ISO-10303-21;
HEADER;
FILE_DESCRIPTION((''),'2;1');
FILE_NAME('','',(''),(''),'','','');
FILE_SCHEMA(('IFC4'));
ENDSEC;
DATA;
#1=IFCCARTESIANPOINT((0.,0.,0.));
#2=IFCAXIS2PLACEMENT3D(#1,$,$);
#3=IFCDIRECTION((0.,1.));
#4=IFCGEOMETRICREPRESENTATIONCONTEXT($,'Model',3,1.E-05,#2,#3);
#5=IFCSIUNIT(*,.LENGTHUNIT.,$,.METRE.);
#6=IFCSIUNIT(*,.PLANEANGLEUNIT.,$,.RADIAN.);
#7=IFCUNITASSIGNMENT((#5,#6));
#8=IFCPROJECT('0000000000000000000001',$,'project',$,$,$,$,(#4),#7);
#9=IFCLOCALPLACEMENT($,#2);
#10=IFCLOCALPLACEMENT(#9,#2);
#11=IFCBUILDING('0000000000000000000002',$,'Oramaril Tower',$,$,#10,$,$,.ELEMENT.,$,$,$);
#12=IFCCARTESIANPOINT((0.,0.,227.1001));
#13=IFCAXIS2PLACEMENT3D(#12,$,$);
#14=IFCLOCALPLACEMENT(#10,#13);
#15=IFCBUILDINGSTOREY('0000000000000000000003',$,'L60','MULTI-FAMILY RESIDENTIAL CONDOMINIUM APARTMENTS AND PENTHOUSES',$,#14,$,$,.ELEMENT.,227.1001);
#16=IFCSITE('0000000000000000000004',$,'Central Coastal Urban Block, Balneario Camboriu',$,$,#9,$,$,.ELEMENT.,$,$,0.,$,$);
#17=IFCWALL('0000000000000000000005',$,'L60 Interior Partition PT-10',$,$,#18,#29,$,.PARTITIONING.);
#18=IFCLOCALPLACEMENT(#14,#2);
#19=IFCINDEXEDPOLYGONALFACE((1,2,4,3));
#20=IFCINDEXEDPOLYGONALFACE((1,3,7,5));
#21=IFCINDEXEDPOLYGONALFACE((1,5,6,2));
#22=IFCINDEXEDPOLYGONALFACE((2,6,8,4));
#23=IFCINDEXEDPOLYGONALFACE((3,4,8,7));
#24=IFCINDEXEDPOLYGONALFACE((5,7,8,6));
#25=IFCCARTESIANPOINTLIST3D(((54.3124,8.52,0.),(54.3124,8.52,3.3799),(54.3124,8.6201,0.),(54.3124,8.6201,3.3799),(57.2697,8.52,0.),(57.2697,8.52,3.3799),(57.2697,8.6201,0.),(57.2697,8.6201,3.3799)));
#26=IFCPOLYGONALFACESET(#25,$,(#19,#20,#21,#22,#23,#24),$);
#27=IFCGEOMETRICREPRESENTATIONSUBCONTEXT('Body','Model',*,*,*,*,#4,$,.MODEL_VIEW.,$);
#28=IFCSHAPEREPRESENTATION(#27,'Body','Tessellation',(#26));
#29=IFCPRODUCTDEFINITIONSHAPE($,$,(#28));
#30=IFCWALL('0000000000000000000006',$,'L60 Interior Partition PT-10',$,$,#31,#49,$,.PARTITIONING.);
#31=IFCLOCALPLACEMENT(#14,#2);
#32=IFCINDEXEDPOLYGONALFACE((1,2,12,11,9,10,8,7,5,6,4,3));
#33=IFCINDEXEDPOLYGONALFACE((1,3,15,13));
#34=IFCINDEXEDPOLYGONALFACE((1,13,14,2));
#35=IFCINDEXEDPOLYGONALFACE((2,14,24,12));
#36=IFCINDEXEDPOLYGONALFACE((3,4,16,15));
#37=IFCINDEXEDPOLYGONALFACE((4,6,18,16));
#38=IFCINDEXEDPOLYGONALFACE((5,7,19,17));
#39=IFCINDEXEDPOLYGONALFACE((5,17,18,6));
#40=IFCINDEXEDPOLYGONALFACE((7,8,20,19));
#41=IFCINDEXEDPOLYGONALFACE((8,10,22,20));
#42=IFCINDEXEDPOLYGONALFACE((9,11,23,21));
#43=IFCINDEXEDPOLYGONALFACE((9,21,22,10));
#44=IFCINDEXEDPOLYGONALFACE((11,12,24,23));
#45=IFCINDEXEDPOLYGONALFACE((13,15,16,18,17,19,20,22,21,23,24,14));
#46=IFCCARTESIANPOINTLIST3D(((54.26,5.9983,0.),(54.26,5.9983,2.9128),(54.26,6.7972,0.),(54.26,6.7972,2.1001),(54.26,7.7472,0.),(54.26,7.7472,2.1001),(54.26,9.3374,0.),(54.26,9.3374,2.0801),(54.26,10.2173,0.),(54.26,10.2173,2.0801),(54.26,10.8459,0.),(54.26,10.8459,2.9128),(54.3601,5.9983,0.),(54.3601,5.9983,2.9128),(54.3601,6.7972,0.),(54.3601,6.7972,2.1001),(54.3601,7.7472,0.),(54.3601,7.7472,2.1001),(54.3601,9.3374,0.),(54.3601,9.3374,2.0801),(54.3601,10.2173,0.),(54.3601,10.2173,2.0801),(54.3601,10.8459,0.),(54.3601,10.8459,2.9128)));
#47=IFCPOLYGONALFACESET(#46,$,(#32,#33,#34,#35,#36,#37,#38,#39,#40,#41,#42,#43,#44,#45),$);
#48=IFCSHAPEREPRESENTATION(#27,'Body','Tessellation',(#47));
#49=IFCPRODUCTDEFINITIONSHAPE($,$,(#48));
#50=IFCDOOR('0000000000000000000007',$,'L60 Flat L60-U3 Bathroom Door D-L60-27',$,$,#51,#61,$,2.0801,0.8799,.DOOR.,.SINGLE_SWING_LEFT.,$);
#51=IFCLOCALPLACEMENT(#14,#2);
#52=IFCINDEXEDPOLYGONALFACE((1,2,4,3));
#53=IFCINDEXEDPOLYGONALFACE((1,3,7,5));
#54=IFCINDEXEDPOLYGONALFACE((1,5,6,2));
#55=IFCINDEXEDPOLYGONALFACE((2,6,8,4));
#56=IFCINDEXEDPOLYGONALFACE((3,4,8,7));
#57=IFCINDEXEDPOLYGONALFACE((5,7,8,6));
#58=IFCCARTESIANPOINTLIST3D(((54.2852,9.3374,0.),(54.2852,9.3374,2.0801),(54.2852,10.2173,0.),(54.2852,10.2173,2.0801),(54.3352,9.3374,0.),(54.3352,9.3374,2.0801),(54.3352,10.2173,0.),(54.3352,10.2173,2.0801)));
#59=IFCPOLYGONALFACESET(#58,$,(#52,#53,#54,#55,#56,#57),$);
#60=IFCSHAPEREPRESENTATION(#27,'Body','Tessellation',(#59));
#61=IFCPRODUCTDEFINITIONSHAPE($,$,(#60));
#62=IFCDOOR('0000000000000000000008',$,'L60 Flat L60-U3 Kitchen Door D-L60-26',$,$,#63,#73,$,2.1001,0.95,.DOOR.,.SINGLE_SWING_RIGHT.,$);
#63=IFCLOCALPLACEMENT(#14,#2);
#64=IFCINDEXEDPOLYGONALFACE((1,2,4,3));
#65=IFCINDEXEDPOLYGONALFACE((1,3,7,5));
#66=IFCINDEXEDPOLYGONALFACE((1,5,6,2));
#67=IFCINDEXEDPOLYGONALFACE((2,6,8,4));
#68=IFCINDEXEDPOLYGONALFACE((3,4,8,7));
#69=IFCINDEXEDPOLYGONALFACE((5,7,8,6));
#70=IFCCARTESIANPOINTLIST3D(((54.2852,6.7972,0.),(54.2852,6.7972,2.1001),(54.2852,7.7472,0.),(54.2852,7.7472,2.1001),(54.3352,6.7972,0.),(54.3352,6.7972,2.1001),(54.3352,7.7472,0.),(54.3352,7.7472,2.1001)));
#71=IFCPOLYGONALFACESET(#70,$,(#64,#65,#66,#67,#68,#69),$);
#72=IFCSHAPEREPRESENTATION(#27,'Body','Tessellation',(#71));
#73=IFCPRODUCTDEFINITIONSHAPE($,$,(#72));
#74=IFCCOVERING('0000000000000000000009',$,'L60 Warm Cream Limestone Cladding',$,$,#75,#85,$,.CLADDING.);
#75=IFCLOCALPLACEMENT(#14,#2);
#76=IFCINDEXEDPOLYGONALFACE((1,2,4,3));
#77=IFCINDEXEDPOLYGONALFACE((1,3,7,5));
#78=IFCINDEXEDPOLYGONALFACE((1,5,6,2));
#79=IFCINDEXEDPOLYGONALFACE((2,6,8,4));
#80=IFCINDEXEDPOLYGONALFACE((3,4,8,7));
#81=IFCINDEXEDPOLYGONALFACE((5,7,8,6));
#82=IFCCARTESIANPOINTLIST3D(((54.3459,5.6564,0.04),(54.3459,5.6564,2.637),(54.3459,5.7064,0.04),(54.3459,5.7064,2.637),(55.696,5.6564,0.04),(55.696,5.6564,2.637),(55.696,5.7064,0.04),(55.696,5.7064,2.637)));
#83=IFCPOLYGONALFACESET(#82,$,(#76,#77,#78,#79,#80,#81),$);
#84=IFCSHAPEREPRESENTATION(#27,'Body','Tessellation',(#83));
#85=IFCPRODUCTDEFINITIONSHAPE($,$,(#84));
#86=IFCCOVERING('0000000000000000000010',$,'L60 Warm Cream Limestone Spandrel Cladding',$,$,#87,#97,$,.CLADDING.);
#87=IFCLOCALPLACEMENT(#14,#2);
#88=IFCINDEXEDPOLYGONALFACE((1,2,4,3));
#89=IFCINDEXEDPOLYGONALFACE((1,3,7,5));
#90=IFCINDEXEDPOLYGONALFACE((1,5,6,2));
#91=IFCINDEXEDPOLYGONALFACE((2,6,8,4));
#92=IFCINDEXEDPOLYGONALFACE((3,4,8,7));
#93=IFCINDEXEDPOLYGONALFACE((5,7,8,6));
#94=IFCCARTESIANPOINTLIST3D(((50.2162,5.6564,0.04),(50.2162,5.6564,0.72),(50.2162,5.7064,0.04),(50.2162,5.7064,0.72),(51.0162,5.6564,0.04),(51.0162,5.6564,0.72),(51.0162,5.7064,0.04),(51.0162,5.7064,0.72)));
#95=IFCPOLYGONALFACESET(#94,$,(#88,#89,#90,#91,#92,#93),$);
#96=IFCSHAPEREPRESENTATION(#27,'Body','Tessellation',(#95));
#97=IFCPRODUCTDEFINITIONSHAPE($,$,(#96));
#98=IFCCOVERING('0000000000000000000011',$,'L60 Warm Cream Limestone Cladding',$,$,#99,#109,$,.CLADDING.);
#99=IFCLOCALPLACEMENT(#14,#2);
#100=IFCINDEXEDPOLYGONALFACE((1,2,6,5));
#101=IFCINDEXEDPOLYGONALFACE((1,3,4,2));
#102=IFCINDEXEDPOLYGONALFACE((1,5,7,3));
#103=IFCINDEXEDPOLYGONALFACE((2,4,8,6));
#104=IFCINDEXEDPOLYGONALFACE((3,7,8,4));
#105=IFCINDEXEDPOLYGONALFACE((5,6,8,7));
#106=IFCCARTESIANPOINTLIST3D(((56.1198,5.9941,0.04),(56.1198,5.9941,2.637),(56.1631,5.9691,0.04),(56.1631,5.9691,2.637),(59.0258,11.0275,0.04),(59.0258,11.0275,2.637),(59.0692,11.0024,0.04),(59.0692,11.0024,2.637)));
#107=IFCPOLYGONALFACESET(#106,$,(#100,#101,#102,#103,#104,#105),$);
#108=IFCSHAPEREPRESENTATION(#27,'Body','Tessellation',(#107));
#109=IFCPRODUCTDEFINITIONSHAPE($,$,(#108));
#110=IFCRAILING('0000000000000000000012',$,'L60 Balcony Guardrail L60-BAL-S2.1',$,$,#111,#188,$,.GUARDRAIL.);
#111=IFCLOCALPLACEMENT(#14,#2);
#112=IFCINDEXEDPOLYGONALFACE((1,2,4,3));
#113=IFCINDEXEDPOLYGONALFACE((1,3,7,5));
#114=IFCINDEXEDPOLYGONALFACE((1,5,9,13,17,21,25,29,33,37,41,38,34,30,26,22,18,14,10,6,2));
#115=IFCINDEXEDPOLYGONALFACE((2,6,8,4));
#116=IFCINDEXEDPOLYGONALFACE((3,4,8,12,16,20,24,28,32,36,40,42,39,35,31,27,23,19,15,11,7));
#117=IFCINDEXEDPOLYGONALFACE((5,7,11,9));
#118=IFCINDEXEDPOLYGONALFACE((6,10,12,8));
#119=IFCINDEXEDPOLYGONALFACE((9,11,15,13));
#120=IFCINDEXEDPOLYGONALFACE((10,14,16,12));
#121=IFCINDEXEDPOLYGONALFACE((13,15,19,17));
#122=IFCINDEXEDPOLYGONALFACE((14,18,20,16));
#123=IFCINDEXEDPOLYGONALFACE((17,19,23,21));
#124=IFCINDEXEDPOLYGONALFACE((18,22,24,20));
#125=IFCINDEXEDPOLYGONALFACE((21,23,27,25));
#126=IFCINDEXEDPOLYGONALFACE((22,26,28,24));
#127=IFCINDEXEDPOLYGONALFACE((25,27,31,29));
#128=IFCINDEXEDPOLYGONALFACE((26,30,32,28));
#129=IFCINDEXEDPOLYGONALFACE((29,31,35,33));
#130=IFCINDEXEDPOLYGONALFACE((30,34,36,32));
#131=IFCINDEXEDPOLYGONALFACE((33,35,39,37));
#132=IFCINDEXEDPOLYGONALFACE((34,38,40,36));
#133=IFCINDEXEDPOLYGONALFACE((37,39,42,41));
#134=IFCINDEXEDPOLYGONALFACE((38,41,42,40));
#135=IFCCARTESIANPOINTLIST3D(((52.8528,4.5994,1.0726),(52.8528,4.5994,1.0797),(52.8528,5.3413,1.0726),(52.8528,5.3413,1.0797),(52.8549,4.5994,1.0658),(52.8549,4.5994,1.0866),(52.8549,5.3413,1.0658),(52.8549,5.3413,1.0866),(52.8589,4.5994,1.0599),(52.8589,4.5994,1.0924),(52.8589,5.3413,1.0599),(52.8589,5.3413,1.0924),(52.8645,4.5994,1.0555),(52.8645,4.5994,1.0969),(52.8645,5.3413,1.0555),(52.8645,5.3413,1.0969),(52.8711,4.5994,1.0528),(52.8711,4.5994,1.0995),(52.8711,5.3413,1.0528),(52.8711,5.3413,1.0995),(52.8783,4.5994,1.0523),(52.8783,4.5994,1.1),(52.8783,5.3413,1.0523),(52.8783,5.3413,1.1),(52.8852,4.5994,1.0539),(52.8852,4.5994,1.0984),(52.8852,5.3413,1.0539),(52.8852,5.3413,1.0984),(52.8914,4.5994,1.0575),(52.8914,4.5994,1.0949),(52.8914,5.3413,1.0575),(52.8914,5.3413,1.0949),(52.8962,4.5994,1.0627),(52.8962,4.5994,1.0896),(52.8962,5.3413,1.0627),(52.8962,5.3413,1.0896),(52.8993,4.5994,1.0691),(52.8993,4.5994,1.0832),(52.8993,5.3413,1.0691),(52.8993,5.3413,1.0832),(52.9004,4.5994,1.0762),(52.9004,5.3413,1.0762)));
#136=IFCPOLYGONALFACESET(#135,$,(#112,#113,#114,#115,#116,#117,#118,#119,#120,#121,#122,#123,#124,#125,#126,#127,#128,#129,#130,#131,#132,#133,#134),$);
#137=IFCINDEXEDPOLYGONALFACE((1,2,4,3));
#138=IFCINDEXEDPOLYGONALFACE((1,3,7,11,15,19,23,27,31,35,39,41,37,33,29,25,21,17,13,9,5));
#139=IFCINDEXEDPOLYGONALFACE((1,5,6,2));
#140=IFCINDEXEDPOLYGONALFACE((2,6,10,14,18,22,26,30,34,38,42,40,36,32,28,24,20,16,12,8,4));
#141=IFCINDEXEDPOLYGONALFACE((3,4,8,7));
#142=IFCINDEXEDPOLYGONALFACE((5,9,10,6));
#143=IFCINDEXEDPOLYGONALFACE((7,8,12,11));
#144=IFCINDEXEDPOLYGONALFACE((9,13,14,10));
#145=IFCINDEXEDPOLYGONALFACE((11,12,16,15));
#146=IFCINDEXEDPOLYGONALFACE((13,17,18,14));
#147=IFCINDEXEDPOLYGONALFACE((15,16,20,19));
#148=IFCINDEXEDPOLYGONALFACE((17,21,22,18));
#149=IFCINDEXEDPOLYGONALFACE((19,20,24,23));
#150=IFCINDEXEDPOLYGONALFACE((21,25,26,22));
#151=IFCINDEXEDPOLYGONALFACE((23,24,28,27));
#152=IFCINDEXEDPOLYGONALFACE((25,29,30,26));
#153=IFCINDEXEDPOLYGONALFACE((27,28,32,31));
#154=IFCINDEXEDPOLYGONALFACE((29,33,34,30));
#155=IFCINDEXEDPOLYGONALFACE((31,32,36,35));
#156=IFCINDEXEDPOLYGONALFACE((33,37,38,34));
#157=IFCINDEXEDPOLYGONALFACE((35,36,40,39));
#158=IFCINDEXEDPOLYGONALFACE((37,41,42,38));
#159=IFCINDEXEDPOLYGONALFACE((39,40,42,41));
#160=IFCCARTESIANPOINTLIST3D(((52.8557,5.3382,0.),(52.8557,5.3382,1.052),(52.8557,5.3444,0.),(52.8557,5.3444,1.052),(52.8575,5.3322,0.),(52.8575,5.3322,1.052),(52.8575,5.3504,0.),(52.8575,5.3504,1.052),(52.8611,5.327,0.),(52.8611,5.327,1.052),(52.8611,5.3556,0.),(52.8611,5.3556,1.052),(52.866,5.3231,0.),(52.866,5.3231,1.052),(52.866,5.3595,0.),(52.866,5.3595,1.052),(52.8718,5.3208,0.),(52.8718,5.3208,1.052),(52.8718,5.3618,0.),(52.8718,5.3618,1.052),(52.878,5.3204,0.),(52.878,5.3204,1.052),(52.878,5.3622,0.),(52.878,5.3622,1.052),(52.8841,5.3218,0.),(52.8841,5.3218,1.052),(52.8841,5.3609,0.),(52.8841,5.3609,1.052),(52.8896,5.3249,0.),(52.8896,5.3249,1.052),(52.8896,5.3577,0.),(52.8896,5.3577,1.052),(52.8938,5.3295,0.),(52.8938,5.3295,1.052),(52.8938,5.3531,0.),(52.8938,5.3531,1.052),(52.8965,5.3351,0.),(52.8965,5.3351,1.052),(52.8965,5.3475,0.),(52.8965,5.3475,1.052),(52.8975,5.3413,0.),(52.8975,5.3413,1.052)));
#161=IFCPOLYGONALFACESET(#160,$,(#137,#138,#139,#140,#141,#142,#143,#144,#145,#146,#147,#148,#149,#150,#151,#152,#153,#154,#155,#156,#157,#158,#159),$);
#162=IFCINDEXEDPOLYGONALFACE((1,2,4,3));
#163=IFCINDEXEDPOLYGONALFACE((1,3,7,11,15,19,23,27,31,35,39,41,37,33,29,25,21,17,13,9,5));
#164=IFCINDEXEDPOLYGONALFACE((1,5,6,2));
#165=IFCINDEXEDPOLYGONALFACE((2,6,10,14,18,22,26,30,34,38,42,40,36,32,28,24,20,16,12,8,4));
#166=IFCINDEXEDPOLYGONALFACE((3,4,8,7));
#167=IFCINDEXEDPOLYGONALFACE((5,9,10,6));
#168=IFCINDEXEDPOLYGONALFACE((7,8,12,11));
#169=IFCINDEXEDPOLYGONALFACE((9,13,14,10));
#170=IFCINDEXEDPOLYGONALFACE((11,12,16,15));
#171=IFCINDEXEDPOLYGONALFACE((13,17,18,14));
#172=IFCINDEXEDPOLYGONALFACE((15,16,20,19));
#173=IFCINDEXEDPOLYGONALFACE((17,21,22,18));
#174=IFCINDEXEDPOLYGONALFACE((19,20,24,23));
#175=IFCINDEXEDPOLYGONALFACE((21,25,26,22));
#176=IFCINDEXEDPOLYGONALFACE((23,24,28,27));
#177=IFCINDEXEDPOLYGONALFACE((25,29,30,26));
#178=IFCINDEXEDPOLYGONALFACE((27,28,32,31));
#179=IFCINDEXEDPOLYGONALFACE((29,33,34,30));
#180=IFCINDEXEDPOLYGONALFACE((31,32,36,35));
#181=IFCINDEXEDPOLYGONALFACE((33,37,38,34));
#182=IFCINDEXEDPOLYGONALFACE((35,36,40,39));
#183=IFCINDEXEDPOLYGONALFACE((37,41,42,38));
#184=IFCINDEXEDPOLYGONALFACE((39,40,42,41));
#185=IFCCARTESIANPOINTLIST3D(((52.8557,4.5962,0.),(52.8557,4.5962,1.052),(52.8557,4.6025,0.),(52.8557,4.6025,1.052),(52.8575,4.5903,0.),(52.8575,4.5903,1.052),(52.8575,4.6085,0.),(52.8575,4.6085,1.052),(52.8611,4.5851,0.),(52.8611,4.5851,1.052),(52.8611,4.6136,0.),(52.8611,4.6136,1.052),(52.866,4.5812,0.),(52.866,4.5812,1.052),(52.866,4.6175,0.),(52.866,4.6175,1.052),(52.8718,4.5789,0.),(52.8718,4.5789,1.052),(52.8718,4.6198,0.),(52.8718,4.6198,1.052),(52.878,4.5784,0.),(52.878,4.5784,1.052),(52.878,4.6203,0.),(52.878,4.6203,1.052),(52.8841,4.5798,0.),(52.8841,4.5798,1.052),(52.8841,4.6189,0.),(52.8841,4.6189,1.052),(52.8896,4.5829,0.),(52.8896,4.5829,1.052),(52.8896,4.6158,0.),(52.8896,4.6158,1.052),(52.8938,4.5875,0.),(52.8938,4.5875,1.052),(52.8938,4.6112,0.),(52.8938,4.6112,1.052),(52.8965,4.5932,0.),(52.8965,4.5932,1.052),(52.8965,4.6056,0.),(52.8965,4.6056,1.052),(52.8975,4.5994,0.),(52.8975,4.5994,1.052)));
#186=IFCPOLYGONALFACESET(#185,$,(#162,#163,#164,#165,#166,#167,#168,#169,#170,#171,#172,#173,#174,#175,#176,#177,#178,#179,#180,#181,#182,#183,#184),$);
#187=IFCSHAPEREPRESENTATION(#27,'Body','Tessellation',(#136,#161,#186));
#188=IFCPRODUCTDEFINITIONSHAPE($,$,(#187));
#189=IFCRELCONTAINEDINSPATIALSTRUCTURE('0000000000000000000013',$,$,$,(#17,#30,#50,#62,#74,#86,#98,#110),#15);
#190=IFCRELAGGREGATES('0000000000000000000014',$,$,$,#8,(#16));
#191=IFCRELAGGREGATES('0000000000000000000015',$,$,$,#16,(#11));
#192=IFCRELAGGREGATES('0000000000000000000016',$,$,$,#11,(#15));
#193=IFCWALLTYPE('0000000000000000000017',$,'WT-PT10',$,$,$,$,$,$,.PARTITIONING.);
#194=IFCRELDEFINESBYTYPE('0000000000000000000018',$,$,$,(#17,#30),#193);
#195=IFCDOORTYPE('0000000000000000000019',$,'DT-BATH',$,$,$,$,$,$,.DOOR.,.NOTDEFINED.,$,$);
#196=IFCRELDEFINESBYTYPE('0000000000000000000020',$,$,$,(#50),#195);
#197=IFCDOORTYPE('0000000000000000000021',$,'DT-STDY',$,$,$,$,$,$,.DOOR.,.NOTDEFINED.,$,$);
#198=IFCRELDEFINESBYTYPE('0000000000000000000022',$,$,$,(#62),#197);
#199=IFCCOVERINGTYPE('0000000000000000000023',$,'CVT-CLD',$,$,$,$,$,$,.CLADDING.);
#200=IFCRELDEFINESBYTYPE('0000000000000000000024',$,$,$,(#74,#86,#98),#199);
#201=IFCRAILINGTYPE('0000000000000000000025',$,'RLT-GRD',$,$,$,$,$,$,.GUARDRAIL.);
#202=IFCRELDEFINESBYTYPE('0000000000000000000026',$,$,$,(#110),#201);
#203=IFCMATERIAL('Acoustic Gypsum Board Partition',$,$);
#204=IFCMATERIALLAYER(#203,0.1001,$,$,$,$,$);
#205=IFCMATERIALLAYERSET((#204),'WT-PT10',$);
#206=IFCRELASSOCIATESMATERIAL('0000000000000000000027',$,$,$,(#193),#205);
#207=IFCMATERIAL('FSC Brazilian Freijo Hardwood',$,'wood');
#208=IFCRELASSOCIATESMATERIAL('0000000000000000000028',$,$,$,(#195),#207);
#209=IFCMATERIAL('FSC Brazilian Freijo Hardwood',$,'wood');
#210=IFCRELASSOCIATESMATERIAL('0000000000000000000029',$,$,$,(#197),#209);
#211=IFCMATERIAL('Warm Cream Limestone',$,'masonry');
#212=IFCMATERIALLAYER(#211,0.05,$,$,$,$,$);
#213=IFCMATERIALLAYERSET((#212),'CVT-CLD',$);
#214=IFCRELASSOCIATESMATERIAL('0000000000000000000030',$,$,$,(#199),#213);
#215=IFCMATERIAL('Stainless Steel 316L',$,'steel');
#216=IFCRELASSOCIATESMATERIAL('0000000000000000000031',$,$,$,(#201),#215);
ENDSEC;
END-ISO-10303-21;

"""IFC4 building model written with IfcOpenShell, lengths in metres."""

from ifc_helpers import new_model, si_unit, direction, frame, frame_2d, origin, origin_2d, place, context, subcontext, project, spatial, rectangle, circle, extrude, material, layer, layer_set, type_object, element, fill, save


model = new_model("IFC4")

# Units and contexts
model_context = context("Model", 3, precision=1e-05, world=origin(), true_north=direction((0.0, 1.0)))
body_context = subcontext(model_context, "Body", "Model", "MODEL_VIEW")
ifc_project = project(units=[si_unit("LENGTHUNIT", "METRE"), si_unit("PLANEANGLEUNIT", "RADIAN")], contexts=[model_context])

# Site, building, storey
site_placement = place(None, origin())
site = spatial("IfcSite", under=ifc_project, at=site_placement, Name="Central Coastal Urban Block, Balneario Camboriu", CompositionType="ELEMENT", RefElevation=0.0)
building_placement = place(site_placement, origin())
building = spatial("IfcBuilding", under=site, at=building_placement, Name="Oramaril Tower", CompositionType="ELEMENT")
storey_placement = place(building_placement, frame((0.0, 0.0, 227.1001)))
storey = spatial("IfcBuildingStorey", under=building, at=storey_placement, Name="L60", Description="MULTI-FAMILY RESIDENTIAL CONDOMINIUM APARTMENTS AND PENTHOUSES", CompositionType="ELEMENT", Elevation=227.1001)

# Wall
ifc_material_1 = material(Name="Acoustic Gypsum Board Partition")
ifc_layer_1 = layer(ifc_material_1, 0.1001)
ifc_layer_set_1 = layer_set([ifc_layer_1], Name="WT-PT10")
wall_type_1 = type_object("IfcWallType", Name="WT-PT10", PredefinedType="PARTITIONING", material=ifc_layer_set_1)
wall_1_placement = place(storey_placement, frame((54.3125, 8.5701, 0.0), z_axis=(0.0, 0.0, 1.0), x_axis=(1.0, 0.0, 0.0)))
element("IfcWall", 1, at=wall_1_placement, inside=storey, type_object=wall_type_1, Name="L60 Interior Partition PT-10", PredefinedType="PARTITIONING", context=body_context, shape_type="SweptSolid", body=[
    extrude(rectangle(XDim=2.9573, YDim=0.1001, at=frame_2d((1.4785, 0.0))), origin(), (0.0, 0.0, 1.0), 3.3799),
])

# Wall, openings, doors
wall_2_placement = place(storey_placement, frame((54.3101, 5.9983, 0.0), z_axis=(0.0, 0.0, 1.0), x_axis=(0.0, 1.0, 0.0)))
wall_2 = element("IfcWall", 2, at=wall_2_placement, inside=storey, type_object=wall_type_1, Name="L60 Interior Partition PT-10", PredefinedType="PARTITIONING", context=body_context, shape_type="SweptSolid", body=[
    extrude(rectangle(XDim=4.8477, YDim=0.1001, at=frame_2d((2.4238, 0.0))), origin(), (0.0, 0.0, 1.0), 2.9128),
])
opening_1_placement = place(wall_2_placement, frame((0.7988, 0.0, 0.0)))
opening_1 = element("IfcOpeningElement", 3, at=opening_1_placement, cuts=wall_2, PredefinedType="OPENING", context=body_context, shape_type="SweptSolid", body=[
    extrude(rectangle(XDim=0.95, YDim=2.1001, at=frame_2d((0.4751, 1.05))), frame((0.0, 0.05, 0.0), z_axis=(0.0, -1.0, 0.0), x_axis=(1.0, 0.0, 0.0)), (0.0, 0.0, 1.0), 0.1001),
])
opening_2_placement = place(wall_2_placement, frame((3.3391, 0.0, 0.0)))
opening_2 = element("IfcOpeningElement", 4, at=opening_2_placement, cuts=wall_2, PredefinedType="OPENING", context=body_context, shape_type="SweptSolid", body=[
    extrude(rectangle(XDim=0.8799, YDim=2.0801, at=frame_2d((0.4399, 1.04))), frame((0.0, 0.05, 0.0), z_axis=(0.0, -1.0, 0.0), x_axis=(1.0, 0.0, 0.0)), (0.0, 0.0, 1.0), 0.1001),
])
ifc_material_2 = material(Name="FSC Brazilian Freijo Hardwood", Category="wood")
door_type_1 = type_object("IfcDoorType", Name="DT-BATH", OperationType="NOTDEFINED", PredefinedType="DOOR", material=ifc_material_2)
door_1_placement = place(opening_2_placement, origin())
door_1 = element("IfcDoor", 5, at=door_1_placement, inside=storey, type_object=door_type_1, Name="L60 Flat L60-U3 Bathroom Door D-L60-27", OperationType="SINGLE_SWING_LEFT", OverallHeight=2.0801, OverallWidth=0.8799, PredefinedType="DOOR", context=body_context, shape_type="SweptSolid", body=[
    extrude(rectangle(XDim=0.8799, YDim=2.0801, at=frame_2d((0.4399, 1.04))), frame((0.0, 0.0249, 0.0), z_axis=(0.0, -1.0, 0.0), x_axis=(1.0, 0.0, 0.0)), (0.0, 0.0, 1.0), 0.05),
])
fill(opening_2, door_1)
ifc_material_3 = material(Name="FSC Brazilian Freijo Hardwood", Category="wood")
door_type_2 = type_object("IfcDoorType", Name="DT-STDY", OperationType="NOTDEFINED", PredefinedType="DOOR", material=ifc_material_3)
door_2_placement = place(opening_1_placement, origin())
door_2 = element("IfcDoor", 6, at=door_2_placement, inside=storey, type_object=door_type_2, Name="L60 Flat L60-U3 Kitchen Door D-L60-26", OperationType="SINGLE_SWING_RIGHT", OverallHeight=2.1001, OverallWidth=0.95, PredefinedType="DOOR", context=body_context, shape_type="SweptSolid", body=[
    extrude(rectangle(XDim=0.95, YDim=2.1001, at=frame_2d((0.4751, 1.05))), frame((0.0, 0.0249, 0.0), z_axis=(0.0, -1.0, 0.0), x_axis=(1.0, 0.0, 0.0)), (0.0, 0.0, 1.0), 0.05),
])
fill(opening_1, door_2)

# Coverings
ifc_material_4 = material(Name="Warm Cream Limestone", Category="masonry")
ifc_layer_2 = layer(ifc_material_4, 0.05)
ifc_layer_set_2 = layer_set([ifc_layer_2], Name="CVT-CLD")
covering_type = type_object("IfcCoveringType", Name="CVT-CLD", PredefinedType="CLADDING", material=ifc_layer_set_2)
covering_1_placement = place(storey_placement, frame((55.021, 5.6814, 0.04), z_axis=(0.0, 0.0, 1.0), x_axis=(1.0, 0.0, 0.0)))
element("IfcCovering", 7, at=covering_1_placement, inside=storey, type_object=covering_type, Name="L60 Warm Cream Limestone Cladding", PredefinedType="CLADDING", context=body_context, shape_type="SweptSolid", body=[
    extrude(rectangle(XDim=1.3501, YDim=0.05, at=origin_2d()), origin(), (0.0, 0.0, 1.0), 2.5969),
])
covering_2_placement = place(storey_placement, frame((50.6162, 5.6814, 0.04), z_axis=(0.0, 0.0, 1.0), x_axis=(1.0, 0.0, 0.0)))
element("IfcCovering", 8, at=covering_2_placement, inside=storey, type_object=covering_type, Name="L60 Warm Cream Limestone Spandrel Cladding", PredefinedType="CLADDING", context=body_context, shape_type="SweptSolid", body=[
    extrude(rectangle(XDim=0.8, YDim=0.05, at=origin_2d()), origin(), (0.0, 0.0, 1.0), 0.6799),
])
covering_3_placement = place(storey_placement, frame((57.5945, 8.4983, 0.04), z_axis=(0.0, 0.0, 1.0), x_axis=(0.500003, 0.866024, 0.0)))
element("IfcCovering", 9, at=covering_3_placement, inside=storey, type_object=covering_type, Name="L60 Warm Cream Limestone Cladding", PredefinedType="CLADDING", context=body_context, shape_type="SweptSolid", body=[
    extrude(rectangle(XDim=5.812, YDim=0.05, at=origin_2d()), origin(), (0.0, 0.0, 1.0), 2.5969),
])

# Railing
ifc_material_5 = material(Name="Stainless Steel 316L", Category="steel")
railing_type = type_object("IfcRailingType", Name="RLT-GRD", PredefinedType="GUARDRAIL", material=ifc_material_5)
railing_1_placement = place(storey_placement, frame((52.8765, 5.3413, 0.0)))
element("IfcRailing", 10, at=railing_1_placement, inside=storey, type_object=railing_type, Name="L60 Balcony Guardrail L60-BAL-S2.1", PredefinedType="GUARDRAIL", context=body_context, shape_type="SweptSolid", body=[
    extrude(circle(Radius=0.0239, at=origin_2d()), frame((0.0, 0.0, 1.0762), z_axis=(0.0, -1.0, 0.0), x_axis=(1.0, 0.0, 0.0)), (0.0, 0.0, 1.0), 0.7419),
    extrude(circle(Radius=0.021, at=origin_2d()), origin(), (0.0, 0.0, 1.0), 1.052),
    extrude(circle(Radius=0.021, at=origin_2d()), frame((0.0, -0.7419, 0.0)), (0.0, 0.0, 1.0), 1.052),
])

save(model, "model.ifc")
